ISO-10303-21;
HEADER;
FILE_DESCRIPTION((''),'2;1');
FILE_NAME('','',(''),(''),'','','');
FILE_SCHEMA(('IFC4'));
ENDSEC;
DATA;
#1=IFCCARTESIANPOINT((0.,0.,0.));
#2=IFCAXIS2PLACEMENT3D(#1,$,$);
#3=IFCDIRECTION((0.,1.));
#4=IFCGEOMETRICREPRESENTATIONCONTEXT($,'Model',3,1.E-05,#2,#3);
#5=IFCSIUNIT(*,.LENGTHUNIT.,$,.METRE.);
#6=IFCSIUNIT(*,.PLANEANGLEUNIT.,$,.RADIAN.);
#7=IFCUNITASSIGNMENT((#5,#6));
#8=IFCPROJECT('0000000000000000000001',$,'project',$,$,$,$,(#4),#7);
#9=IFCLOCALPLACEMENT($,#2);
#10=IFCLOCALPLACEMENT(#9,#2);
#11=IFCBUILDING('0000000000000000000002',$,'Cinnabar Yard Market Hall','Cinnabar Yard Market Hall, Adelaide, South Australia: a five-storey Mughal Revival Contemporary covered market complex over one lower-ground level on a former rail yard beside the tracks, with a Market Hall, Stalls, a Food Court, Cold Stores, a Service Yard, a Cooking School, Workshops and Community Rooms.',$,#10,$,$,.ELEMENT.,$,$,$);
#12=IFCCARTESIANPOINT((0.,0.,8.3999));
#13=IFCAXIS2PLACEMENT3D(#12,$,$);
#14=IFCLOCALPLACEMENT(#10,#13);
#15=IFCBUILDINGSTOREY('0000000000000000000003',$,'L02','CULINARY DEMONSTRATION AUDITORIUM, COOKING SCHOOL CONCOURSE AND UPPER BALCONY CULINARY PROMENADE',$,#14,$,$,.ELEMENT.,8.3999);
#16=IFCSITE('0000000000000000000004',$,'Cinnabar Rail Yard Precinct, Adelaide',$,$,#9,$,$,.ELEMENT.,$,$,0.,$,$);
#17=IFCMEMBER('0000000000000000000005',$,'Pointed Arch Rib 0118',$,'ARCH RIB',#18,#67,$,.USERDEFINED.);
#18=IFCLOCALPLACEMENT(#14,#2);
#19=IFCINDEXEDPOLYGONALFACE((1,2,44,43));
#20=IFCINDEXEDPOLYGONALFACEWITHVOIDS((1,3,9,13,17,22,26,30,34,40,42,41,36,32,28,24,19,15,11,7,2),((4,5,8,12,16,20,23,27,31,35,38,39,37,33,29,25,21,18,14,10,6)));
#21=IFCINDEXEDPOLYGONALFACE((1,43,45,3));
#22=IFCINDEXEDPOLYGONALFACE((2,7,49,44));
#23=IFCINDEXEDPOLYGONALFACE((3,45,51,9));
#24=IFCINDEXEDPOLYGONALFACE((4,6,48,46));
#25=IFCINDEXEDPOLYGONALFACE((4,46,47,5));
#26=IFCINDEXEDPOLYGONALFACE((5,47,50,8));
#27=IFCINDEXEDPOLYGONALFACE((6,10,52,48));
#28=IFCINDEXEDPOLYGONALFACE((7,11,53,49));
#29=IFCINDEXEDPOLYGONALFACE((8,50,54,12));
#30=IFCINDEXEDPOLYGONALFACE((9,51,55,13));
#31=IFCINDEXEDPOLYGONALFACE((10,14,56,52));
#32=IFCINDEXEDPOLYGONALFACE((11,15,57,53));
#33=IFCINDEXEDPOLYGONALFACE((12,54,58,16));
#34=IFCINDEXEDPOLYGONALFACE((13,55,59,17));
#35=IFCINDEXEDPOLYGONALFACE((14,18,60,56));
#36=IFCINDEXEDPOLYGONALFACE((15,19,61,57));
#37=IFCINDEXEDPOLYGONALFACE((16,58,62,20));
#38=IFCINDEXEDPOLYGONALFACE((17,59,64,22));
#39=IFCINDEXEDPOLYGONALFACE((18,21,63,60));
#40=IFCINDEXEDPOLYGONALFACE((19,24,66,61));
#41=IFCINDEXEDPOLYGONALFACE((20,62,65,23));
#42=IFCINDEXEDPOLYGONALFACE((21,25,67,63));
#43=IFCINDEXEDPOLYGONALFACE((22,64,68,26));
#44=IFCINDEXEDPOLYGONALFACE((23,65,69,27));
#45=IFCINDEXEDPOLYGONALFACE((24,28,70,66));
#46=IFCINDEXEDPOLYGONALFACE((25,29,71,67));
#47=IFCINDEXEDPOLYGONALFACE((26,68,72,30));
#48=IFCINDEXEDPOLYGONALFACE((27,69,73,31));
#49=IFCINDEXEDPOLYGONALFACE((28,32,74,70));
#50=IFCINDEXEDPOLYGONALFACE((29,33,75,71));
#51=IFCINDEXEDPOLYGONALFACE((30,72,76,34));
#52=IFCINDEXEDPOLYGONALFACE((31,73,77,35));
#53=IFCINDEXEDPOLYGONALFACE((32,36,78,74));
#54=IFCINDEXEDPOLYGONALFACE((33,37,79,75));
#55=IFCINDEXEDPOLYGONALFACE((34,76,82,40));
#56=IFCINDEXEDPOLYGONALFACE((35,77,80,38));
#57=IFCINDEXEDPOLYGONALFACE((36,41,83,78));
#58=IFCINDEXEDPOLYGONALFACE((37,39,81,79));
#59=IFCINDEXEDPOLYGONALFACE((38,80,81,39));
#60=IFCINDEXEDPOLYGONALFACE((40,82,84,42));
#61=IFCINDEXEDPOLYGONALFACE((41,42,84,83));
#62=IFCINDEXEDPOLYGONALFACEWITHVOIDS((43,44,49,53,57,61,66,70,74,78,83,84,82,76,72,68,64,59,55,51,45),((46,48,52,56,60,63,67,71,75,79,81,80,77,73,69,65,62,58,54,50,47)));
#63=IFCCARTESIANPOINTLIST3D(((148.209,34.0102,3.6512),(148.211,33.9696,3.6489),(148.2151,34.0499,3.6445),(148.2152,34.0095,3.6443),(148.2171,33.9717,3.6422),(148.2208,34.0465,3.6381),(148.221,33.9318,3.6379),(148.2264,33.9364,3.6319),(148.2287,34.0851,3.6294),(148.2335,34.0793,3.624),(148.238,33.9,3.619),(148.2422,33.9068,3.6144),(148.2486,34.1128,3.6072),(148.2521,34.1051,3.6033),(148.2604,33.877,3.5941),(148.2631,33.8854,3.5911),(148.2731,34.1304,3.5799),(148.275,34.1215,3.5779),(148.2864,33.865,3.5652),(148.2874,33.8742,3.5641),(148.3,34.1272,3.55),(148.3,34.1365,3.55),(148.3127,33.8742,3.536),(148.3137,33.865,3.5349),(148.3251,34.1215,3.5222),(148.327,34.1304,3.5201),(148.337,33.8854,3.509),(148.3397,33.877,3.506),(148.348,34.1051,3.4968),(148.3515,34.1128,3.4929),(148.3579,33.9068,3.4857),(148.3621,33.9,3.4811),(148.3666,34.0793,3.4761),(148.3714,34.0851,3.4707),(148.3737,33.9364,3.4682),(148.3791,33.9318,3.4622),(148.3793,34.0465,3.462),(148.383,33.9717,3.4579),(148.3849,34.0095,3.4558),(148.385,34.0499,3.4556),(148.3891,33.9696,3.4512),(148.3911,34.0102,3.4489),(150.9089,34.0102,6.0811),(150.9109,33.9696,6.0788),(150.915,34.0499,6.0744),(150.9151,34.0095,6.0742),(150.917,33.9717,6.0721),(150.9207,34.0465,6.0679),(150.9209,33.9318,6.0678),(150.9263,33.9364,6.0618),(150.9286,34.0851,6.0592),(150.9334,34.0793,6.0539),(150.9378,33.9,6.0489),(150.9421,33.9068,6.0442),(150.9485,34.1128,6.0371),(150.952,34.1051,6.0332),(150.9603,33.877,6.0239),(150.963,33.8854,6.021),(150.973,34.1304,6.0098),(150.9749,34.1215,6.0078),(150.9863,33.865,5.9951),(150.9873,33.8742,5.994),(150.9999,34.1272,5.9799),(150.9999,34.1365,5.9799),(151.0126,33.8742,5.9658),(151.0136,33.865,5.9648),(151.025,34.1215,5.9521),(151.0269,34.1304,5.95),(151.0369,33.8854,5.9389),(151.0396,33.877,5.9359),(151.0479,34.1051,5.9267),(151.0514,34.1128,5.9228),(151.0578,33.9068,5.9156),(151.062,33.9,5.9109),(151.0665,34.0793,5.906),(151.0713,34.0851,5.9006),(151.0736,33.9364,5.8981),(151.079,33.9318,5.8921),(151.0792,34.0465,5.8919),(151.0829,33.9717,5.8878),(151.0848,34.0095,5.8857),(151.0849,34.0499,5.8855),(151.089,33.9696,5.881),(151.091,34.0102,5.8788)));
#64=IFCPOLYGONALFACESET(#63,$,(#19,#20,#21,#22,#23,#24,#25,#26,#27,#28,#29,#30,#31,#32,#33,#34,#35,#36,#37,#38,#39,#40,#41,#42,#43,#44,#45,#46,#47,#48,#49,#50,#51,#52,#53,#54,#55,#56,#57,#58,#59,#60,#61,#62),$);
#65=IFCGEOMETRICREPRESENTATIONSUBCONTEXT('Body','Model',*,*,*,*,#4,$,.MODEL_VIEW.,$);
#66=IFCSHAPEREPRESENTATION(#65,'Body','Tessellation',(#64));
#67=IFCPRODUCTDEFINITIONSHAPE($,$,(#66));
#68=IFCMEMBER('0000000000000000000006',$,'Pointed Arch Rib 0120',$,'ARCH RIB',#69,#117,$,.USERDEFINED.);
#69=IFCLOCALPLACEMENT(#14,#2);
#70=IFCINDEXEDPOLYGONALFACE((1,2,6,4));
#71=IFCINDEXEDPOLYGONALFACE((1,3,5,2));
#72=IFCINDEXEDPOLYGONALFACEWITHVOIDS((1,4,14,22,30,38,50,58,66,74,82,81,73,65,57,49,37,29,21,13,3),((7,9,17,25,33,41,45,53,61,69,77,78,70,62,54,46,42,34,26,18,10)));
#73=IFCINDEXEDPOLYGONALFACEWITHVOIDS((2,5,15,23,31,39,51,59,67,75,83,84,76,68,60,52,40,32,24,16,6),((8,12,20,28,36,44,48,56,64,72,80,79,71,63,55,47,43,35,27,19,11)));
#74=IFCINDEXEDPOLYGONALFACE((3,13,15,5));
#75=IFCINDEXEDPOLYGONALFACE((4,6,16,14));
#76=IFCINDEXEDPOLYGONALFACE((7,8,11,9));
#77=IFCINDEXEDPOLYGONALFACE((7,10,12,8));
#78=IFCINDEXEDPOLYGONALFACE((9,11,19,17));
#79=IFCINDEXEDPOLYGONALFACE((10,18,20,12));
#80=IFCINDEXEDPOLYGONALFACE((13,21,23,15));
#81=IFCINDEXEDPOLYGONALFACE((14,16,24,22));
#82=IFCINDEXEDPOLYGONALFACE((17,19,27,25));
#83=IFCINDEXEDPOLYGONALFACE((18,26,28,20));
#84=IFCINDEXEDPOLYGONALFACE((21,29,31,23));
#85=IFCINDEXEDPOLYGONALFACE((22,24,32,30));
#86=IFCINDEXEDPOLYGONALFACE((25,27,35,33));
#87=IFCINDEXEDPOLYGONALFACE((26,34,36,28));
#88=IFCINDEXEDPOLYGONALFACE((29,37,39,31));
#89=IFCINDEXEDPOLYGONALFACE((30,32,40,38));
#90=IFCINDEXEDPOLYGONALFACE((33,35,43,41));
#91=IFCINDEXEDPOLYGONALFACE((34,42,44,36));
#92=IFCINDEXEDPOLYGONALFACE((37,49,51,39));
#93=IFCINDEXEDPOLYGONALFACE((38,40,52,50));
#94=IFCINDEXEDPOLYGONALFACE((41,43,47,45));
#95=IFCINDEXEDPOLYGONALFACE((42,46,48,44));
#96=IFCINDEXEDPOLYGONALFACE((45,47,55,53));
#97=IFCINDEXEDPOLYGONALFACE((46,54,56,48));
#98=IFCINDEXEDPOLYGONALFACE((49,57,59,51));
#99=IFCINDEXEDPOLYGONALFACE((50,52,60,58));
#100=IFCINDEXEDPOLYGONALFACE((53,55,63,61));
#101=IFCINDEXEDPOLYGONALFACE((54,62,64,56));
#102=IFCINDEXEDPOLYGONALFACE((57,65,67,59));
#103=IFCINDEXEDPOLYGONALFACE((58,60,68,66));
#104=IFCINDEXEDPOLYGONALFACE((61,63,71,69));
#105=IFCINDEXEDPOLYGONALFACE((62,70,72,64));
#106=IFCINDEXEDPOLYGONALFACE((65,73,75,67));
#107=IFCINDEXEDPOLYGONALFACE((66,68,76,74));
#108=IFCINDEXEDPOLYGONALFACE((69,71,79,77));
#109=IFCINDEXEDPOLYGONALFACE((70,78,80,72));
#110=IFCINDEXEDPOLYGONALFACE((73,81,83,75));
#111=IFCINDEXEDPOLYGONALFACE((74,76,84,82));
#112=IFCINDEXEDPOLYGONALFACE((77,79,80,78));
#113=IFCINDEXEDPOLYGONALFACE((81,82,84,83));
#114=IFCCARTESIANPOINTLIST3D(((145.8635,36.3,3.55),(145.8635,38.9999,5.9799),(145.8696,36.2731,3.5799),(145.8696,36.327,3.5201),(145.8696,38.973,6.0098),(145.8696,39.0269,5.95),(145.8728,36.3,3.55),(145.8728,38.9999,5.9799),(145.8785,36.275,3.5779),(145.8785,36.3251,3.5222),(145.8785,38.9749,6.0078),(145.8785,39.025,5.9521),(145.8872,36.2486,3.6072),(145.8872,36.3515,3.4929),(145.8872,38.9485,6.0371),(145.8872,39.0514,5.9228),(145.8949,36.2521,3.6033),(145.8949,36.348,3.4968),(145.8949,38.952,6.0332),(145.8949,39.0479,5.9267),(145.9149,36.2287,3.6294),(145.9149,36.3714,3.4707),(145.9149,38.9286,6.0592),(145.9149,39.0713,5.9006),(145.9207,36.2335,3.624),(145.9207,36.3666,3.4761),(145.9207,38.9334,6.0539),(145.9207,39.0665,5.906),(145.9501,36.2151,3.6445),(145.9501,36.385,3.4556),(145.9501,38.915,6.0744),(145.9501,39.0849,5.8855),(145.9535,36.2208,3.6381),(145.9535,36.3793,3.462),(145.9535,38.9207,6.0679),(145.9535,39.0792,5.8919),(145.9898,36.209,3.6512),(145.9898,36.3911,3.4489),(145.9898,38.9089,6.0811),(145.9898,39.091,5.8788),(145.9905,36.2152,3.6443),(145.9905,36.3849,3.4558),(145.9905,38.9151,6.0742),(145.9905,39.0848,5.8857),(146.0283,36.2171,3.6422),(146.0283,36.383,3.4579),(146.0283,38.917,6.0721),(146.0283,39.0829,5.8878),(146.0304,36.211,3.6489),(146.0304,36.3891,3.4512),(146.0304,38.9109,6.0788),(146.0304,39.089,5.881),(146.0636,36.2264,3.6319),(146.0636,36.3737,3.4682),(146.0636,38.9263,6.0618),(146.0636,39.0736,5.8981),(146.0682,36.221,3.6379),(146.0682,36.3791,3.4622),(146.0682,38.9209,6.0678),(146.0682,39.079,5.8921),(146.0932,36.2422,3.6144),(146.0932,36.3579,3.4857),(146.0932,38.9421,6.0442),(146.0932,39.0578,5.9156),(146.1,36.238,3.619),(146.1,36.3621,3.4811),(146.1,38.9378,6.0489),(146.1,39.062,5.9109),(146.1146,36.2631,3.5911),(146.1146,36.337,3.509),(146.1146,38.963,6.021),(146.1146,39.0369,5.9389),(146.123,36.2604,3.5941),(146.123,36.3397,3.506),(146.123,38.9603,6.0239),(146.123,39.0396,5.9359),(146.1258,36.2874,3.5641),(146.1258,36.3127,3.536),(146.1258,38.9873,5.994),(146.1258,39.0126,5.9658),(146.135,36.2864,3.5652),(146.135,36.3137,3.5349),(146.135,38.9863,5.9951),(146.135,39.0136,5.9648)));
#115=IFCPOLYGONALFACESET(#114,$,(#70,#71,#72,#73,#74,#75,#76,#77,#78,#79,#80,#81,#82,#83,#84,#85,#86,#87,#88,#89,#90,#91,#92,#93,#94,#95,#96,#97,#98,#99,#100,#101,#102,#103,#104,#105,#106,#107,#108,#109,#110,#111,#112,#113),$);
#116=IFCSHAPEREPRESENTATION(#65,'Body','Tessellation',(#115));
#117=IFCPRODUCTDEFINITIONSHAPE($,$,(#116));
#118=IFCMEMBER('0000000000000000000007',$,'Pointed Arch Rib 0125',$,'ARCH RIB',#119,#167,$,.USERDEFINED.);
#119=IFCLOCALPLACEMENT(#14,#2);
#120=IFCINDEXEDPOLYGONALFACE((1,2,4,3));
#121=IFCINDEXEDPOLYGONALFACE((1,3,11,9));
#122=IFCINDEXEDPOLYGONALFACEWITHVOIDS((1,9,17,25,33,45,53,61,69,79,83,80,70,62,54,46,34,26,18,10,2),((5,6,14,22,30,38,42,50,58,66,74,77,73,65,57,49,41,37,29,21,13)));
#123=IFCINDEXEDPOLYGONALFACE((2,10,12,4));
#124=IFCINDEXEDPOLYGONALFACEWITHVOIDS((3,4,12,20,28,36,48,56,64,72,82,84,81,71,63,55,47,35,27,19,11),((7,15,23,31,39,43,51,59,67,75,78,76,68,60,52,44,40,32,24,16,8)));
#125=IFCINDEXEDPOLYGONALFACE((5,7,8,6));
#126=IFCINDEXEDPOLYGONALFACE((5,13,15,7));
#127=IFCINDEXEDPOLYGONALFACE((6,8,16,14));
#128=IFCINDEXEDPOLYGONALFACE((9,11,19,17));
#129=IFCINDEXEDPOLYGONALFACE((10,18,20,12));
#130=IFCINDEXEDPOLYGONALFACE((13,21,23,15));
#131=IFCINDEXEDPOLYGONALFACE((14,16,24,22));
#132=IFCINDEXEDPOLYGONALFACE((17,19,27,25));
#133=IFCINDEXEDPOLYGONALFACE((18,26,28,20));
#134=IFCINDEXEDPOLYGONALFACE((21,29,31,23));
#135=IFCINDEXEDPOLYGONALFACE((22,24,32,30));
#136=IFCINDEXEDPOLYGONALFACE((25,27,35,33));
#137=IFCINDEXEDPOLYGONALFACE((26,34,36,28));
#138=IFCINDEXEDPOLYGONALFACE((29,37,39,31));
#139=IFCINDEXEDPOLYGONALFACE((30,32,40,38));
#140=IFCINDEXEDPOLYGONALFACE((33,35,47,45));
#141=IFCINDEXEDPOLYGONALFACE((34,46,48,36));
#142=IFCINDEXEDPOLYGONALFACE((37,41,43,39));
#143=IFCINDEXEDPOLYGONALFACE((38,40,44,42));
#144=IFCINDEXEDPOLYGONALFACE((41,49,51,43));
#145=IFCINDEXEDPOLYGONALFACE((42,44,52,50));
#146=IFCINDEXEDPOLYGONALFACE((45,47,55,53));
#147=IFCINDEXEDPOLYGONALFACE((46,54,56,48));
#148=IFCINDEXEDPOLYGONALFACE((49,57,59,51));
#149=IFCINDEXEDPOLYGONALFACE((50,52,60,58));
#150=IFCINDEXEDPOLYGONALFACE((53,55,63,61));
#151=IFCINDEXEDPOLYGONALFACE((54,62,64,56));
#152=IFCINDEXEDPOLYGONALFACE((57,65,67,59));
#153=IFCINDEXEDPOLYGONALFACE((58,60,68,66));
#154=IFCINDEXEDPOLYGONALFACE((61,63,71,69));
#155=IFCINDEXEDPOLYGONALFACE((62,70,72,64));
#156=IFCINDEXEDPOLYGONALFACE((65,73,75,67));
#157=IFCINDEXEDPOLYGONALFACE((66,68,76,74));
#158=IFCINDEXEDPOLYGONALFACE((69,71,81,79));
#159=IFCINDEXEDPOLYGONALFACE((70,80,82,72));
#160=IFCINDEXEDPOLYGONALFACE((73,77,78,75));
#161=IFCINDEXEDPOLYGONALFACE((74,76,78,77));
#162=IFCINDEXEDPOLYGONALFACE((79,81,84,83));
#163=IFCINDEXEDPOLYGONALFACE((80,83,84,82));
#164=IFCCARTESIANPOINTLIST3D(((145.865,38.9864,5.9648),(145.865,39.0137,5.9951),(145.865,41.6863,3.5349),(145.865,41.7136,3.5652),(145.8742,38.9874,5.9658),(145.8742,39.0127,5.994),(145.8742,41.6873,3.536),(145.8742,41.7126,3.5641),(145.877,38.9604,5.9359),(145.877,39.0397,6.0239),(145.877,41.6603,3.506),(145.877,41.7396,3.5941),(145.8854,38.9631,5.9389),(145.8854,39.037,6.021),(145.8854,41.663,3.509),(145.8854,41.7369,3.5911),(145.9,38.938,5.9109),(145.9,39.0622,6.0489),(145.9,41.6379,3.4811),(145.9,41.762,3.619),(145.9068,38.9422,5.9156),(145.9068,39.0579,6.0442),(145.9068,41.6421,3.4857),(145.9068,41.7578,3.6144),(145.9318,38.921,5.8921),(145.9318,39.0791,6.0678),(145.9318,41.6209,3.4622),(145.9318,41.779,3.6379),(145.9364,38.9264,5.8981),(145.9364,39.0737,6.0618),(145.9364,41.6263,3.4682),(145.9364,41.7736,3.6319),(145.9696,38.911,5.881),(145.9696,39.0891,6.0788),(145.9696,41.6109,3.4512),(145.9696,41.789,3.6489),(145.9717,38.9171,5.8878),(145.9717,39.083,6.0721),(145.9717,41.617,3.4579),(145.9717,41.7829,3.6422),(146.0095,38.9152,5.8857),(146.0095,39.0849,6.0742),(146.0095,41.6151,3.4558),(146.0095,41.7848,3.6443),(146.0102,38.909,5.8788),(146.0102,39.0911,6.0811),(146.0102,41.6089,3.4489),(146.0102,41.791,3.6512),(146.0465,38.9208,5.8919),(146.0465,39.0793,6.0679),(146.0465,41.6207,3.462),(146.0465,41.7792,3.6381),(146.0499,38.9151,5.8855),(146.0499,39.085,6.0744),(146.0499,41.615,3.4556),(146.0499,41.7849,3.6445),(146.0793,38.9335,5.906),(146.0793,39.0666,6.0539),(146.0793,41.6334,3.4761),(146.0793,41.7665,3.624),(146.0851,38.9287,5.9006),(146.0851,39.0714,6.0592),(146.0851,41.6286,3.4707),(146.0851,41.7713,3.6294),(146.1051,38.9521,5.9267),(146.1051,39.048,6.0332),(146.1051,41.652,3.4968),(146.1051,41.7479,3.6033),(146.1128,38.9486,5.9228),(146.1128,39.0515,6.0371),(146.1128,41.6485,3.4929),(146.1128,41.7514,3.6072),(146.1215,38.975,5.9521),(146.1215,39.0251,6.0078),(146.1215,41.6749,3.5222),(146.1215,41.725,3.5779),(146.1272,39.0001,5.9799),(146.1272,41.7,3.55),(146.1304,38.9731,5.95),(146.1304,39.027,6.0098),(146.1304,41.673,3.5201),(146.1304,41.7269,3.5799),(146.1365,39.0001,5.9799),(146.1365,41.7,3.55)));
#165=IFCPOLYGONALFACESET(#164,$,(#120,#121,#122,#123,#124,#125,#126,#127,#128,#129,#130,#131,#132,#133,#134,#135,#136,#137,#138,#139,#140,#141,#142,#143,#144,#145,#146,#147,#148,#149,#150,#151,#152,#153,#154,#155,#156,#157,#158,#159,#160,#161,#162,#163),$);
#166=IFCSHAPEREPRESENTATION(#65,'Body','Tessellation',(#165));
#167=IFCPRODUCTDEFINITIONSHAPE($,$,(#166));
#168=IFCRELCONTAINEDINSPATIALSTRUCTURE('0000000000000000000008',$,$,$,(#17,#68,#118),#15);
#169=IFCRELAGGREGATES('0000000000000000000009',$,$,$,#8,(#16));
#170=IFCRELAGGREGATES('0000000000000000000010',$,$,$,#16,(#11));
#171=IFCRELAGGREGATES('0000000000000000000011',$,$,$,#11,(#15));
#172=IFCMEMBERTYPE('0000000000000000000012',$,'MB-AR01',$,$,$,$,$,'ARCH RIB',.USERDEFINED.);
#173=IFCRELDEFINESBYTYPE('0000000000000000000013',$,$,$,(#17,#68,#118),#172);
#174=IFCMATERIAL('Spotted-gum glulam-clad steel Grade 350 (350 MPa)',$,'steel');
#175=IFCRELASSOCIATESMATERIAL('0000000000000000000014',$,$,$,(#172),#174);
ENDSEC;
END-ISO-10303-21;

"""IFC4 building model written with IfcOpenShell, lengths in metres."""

from ifc_helpers import new_model, si_unit, direction, frame, origin, origin_2d_with_axis, place, context, subcontext, project, spatial, hollow_circle, extrude, material, material_profile, profile_set, type_object, element, save


model = new_model("IFC4")

# Units and contexts
model_context = context("Model", 3, precision=1e-05, world=origin(), true_north=direction((0.0, 1.0)))
body_context = subcontext(model_context, "Body", "Model", "MODEL_VIEW")
ifc_project = project(units=[si_unit("LENGTHUNIT", "METRE"), si_unit("PLANEANGLEUNIT", "RADIAN")], contexts=[model_context])

# Site, building, storey
site_placement = place(None, origin())
site = spatial("IfcSite", under=ifc_project, at=site_placement, Name="Cinnabar Rail Yard Precinct, Adelaide", CompositionType="ELEMENT", RefElevation=0.0)
building_placement = place(site_placement, origin())
building = spatial("IfcBuilding", under=site, at=building_placement, Name="Cinnabar Yard Market Hall", Description="Cinnabar Yard Market Hall, Adelaide, South Australia: a five-storey Mughal Revival Contemporary covered market complex over one lower-ground level on a former rail yard beside the tracks, with a Market Hall, Stalls, a Food Court, Cold Stores, a Service Yard, a Cooking School, Workshops and Community Rooms.", CompositionType="ELEMENT")
storey_placement = place(building_placement, frame((0.0, 0.0, 8.3999)))
storey = spatial("IfcBuildingStorey", under=building, at=storey_placement, Name="L02", Description="CULINARY DEMONSTRATION AUDITORIUM, COOKING SCHOOL CONCOURSE AND UPPER BALCONY CULINARY PROMENADE", CompositionType="ELEMENT", Elevation=8.3999)

# Shared definitions
ifc_material_1 = material(Name="Spotted-gum glulam-clad steel Grade 350 (350 MPa)", Category="steel")

# Members
ifc_material_profile_1 = material_profile(ifc_material_1, hollow_circle(Radius=0.1365, WallThickness=0.0093, at=origin_2d_with_axis()), Name="273.1x9.3CHS")
ifc_profile_set_1 = profile_set([ifc_material_profile_1], Name="Spotted-gum glulam-clad steel Grade 350 (350 MPa)")
member_type_1 = type_object("IfcMemberType", Name="MB-AR01", ElementType="ARCH RIB", PredefinedType="USERDEFINED", material=ifc_profile_set_1)
for number, where, z_axis, x_axis, name in (
    (1, (148.3, 34.0, 3.55), (0.743297, 0.0, 0.668961), (0.0, 1.0, 0.0), "Pointed Arch Rib 0118"),
    (2, (146.0, 36.3, 3.55), (0.0, 0.743297, 0.668961), (-1.0, 0.0, 0.0), "Pointed Arch Rib 0120"),
    (3, (146.0, 41.7, 3.55), (0.0, -0.743297, 0.668961), (1.0, 0.0, 0.0), "Pointed Arch Rib 0125"),
):
    element("IfcMember", number, at=place(storey_placement, frame(where, z_axis=z_axis, x_axis=x_axis)), inside=storey, type_object=member_type_1, Name=name, ObjectType="ARCH RIB", PredefinedType="USERDEFINED", context=body_context, shape_type="SweptSolid", body=[
        extrude(hollow_circle(Radius=0.1365, WallThickness=0.0093, at=origin_2d_with_axis()), origin(), (0.0, 0.0, 1.0), 3.6323),
    ])

save(model, "model.ifc")
